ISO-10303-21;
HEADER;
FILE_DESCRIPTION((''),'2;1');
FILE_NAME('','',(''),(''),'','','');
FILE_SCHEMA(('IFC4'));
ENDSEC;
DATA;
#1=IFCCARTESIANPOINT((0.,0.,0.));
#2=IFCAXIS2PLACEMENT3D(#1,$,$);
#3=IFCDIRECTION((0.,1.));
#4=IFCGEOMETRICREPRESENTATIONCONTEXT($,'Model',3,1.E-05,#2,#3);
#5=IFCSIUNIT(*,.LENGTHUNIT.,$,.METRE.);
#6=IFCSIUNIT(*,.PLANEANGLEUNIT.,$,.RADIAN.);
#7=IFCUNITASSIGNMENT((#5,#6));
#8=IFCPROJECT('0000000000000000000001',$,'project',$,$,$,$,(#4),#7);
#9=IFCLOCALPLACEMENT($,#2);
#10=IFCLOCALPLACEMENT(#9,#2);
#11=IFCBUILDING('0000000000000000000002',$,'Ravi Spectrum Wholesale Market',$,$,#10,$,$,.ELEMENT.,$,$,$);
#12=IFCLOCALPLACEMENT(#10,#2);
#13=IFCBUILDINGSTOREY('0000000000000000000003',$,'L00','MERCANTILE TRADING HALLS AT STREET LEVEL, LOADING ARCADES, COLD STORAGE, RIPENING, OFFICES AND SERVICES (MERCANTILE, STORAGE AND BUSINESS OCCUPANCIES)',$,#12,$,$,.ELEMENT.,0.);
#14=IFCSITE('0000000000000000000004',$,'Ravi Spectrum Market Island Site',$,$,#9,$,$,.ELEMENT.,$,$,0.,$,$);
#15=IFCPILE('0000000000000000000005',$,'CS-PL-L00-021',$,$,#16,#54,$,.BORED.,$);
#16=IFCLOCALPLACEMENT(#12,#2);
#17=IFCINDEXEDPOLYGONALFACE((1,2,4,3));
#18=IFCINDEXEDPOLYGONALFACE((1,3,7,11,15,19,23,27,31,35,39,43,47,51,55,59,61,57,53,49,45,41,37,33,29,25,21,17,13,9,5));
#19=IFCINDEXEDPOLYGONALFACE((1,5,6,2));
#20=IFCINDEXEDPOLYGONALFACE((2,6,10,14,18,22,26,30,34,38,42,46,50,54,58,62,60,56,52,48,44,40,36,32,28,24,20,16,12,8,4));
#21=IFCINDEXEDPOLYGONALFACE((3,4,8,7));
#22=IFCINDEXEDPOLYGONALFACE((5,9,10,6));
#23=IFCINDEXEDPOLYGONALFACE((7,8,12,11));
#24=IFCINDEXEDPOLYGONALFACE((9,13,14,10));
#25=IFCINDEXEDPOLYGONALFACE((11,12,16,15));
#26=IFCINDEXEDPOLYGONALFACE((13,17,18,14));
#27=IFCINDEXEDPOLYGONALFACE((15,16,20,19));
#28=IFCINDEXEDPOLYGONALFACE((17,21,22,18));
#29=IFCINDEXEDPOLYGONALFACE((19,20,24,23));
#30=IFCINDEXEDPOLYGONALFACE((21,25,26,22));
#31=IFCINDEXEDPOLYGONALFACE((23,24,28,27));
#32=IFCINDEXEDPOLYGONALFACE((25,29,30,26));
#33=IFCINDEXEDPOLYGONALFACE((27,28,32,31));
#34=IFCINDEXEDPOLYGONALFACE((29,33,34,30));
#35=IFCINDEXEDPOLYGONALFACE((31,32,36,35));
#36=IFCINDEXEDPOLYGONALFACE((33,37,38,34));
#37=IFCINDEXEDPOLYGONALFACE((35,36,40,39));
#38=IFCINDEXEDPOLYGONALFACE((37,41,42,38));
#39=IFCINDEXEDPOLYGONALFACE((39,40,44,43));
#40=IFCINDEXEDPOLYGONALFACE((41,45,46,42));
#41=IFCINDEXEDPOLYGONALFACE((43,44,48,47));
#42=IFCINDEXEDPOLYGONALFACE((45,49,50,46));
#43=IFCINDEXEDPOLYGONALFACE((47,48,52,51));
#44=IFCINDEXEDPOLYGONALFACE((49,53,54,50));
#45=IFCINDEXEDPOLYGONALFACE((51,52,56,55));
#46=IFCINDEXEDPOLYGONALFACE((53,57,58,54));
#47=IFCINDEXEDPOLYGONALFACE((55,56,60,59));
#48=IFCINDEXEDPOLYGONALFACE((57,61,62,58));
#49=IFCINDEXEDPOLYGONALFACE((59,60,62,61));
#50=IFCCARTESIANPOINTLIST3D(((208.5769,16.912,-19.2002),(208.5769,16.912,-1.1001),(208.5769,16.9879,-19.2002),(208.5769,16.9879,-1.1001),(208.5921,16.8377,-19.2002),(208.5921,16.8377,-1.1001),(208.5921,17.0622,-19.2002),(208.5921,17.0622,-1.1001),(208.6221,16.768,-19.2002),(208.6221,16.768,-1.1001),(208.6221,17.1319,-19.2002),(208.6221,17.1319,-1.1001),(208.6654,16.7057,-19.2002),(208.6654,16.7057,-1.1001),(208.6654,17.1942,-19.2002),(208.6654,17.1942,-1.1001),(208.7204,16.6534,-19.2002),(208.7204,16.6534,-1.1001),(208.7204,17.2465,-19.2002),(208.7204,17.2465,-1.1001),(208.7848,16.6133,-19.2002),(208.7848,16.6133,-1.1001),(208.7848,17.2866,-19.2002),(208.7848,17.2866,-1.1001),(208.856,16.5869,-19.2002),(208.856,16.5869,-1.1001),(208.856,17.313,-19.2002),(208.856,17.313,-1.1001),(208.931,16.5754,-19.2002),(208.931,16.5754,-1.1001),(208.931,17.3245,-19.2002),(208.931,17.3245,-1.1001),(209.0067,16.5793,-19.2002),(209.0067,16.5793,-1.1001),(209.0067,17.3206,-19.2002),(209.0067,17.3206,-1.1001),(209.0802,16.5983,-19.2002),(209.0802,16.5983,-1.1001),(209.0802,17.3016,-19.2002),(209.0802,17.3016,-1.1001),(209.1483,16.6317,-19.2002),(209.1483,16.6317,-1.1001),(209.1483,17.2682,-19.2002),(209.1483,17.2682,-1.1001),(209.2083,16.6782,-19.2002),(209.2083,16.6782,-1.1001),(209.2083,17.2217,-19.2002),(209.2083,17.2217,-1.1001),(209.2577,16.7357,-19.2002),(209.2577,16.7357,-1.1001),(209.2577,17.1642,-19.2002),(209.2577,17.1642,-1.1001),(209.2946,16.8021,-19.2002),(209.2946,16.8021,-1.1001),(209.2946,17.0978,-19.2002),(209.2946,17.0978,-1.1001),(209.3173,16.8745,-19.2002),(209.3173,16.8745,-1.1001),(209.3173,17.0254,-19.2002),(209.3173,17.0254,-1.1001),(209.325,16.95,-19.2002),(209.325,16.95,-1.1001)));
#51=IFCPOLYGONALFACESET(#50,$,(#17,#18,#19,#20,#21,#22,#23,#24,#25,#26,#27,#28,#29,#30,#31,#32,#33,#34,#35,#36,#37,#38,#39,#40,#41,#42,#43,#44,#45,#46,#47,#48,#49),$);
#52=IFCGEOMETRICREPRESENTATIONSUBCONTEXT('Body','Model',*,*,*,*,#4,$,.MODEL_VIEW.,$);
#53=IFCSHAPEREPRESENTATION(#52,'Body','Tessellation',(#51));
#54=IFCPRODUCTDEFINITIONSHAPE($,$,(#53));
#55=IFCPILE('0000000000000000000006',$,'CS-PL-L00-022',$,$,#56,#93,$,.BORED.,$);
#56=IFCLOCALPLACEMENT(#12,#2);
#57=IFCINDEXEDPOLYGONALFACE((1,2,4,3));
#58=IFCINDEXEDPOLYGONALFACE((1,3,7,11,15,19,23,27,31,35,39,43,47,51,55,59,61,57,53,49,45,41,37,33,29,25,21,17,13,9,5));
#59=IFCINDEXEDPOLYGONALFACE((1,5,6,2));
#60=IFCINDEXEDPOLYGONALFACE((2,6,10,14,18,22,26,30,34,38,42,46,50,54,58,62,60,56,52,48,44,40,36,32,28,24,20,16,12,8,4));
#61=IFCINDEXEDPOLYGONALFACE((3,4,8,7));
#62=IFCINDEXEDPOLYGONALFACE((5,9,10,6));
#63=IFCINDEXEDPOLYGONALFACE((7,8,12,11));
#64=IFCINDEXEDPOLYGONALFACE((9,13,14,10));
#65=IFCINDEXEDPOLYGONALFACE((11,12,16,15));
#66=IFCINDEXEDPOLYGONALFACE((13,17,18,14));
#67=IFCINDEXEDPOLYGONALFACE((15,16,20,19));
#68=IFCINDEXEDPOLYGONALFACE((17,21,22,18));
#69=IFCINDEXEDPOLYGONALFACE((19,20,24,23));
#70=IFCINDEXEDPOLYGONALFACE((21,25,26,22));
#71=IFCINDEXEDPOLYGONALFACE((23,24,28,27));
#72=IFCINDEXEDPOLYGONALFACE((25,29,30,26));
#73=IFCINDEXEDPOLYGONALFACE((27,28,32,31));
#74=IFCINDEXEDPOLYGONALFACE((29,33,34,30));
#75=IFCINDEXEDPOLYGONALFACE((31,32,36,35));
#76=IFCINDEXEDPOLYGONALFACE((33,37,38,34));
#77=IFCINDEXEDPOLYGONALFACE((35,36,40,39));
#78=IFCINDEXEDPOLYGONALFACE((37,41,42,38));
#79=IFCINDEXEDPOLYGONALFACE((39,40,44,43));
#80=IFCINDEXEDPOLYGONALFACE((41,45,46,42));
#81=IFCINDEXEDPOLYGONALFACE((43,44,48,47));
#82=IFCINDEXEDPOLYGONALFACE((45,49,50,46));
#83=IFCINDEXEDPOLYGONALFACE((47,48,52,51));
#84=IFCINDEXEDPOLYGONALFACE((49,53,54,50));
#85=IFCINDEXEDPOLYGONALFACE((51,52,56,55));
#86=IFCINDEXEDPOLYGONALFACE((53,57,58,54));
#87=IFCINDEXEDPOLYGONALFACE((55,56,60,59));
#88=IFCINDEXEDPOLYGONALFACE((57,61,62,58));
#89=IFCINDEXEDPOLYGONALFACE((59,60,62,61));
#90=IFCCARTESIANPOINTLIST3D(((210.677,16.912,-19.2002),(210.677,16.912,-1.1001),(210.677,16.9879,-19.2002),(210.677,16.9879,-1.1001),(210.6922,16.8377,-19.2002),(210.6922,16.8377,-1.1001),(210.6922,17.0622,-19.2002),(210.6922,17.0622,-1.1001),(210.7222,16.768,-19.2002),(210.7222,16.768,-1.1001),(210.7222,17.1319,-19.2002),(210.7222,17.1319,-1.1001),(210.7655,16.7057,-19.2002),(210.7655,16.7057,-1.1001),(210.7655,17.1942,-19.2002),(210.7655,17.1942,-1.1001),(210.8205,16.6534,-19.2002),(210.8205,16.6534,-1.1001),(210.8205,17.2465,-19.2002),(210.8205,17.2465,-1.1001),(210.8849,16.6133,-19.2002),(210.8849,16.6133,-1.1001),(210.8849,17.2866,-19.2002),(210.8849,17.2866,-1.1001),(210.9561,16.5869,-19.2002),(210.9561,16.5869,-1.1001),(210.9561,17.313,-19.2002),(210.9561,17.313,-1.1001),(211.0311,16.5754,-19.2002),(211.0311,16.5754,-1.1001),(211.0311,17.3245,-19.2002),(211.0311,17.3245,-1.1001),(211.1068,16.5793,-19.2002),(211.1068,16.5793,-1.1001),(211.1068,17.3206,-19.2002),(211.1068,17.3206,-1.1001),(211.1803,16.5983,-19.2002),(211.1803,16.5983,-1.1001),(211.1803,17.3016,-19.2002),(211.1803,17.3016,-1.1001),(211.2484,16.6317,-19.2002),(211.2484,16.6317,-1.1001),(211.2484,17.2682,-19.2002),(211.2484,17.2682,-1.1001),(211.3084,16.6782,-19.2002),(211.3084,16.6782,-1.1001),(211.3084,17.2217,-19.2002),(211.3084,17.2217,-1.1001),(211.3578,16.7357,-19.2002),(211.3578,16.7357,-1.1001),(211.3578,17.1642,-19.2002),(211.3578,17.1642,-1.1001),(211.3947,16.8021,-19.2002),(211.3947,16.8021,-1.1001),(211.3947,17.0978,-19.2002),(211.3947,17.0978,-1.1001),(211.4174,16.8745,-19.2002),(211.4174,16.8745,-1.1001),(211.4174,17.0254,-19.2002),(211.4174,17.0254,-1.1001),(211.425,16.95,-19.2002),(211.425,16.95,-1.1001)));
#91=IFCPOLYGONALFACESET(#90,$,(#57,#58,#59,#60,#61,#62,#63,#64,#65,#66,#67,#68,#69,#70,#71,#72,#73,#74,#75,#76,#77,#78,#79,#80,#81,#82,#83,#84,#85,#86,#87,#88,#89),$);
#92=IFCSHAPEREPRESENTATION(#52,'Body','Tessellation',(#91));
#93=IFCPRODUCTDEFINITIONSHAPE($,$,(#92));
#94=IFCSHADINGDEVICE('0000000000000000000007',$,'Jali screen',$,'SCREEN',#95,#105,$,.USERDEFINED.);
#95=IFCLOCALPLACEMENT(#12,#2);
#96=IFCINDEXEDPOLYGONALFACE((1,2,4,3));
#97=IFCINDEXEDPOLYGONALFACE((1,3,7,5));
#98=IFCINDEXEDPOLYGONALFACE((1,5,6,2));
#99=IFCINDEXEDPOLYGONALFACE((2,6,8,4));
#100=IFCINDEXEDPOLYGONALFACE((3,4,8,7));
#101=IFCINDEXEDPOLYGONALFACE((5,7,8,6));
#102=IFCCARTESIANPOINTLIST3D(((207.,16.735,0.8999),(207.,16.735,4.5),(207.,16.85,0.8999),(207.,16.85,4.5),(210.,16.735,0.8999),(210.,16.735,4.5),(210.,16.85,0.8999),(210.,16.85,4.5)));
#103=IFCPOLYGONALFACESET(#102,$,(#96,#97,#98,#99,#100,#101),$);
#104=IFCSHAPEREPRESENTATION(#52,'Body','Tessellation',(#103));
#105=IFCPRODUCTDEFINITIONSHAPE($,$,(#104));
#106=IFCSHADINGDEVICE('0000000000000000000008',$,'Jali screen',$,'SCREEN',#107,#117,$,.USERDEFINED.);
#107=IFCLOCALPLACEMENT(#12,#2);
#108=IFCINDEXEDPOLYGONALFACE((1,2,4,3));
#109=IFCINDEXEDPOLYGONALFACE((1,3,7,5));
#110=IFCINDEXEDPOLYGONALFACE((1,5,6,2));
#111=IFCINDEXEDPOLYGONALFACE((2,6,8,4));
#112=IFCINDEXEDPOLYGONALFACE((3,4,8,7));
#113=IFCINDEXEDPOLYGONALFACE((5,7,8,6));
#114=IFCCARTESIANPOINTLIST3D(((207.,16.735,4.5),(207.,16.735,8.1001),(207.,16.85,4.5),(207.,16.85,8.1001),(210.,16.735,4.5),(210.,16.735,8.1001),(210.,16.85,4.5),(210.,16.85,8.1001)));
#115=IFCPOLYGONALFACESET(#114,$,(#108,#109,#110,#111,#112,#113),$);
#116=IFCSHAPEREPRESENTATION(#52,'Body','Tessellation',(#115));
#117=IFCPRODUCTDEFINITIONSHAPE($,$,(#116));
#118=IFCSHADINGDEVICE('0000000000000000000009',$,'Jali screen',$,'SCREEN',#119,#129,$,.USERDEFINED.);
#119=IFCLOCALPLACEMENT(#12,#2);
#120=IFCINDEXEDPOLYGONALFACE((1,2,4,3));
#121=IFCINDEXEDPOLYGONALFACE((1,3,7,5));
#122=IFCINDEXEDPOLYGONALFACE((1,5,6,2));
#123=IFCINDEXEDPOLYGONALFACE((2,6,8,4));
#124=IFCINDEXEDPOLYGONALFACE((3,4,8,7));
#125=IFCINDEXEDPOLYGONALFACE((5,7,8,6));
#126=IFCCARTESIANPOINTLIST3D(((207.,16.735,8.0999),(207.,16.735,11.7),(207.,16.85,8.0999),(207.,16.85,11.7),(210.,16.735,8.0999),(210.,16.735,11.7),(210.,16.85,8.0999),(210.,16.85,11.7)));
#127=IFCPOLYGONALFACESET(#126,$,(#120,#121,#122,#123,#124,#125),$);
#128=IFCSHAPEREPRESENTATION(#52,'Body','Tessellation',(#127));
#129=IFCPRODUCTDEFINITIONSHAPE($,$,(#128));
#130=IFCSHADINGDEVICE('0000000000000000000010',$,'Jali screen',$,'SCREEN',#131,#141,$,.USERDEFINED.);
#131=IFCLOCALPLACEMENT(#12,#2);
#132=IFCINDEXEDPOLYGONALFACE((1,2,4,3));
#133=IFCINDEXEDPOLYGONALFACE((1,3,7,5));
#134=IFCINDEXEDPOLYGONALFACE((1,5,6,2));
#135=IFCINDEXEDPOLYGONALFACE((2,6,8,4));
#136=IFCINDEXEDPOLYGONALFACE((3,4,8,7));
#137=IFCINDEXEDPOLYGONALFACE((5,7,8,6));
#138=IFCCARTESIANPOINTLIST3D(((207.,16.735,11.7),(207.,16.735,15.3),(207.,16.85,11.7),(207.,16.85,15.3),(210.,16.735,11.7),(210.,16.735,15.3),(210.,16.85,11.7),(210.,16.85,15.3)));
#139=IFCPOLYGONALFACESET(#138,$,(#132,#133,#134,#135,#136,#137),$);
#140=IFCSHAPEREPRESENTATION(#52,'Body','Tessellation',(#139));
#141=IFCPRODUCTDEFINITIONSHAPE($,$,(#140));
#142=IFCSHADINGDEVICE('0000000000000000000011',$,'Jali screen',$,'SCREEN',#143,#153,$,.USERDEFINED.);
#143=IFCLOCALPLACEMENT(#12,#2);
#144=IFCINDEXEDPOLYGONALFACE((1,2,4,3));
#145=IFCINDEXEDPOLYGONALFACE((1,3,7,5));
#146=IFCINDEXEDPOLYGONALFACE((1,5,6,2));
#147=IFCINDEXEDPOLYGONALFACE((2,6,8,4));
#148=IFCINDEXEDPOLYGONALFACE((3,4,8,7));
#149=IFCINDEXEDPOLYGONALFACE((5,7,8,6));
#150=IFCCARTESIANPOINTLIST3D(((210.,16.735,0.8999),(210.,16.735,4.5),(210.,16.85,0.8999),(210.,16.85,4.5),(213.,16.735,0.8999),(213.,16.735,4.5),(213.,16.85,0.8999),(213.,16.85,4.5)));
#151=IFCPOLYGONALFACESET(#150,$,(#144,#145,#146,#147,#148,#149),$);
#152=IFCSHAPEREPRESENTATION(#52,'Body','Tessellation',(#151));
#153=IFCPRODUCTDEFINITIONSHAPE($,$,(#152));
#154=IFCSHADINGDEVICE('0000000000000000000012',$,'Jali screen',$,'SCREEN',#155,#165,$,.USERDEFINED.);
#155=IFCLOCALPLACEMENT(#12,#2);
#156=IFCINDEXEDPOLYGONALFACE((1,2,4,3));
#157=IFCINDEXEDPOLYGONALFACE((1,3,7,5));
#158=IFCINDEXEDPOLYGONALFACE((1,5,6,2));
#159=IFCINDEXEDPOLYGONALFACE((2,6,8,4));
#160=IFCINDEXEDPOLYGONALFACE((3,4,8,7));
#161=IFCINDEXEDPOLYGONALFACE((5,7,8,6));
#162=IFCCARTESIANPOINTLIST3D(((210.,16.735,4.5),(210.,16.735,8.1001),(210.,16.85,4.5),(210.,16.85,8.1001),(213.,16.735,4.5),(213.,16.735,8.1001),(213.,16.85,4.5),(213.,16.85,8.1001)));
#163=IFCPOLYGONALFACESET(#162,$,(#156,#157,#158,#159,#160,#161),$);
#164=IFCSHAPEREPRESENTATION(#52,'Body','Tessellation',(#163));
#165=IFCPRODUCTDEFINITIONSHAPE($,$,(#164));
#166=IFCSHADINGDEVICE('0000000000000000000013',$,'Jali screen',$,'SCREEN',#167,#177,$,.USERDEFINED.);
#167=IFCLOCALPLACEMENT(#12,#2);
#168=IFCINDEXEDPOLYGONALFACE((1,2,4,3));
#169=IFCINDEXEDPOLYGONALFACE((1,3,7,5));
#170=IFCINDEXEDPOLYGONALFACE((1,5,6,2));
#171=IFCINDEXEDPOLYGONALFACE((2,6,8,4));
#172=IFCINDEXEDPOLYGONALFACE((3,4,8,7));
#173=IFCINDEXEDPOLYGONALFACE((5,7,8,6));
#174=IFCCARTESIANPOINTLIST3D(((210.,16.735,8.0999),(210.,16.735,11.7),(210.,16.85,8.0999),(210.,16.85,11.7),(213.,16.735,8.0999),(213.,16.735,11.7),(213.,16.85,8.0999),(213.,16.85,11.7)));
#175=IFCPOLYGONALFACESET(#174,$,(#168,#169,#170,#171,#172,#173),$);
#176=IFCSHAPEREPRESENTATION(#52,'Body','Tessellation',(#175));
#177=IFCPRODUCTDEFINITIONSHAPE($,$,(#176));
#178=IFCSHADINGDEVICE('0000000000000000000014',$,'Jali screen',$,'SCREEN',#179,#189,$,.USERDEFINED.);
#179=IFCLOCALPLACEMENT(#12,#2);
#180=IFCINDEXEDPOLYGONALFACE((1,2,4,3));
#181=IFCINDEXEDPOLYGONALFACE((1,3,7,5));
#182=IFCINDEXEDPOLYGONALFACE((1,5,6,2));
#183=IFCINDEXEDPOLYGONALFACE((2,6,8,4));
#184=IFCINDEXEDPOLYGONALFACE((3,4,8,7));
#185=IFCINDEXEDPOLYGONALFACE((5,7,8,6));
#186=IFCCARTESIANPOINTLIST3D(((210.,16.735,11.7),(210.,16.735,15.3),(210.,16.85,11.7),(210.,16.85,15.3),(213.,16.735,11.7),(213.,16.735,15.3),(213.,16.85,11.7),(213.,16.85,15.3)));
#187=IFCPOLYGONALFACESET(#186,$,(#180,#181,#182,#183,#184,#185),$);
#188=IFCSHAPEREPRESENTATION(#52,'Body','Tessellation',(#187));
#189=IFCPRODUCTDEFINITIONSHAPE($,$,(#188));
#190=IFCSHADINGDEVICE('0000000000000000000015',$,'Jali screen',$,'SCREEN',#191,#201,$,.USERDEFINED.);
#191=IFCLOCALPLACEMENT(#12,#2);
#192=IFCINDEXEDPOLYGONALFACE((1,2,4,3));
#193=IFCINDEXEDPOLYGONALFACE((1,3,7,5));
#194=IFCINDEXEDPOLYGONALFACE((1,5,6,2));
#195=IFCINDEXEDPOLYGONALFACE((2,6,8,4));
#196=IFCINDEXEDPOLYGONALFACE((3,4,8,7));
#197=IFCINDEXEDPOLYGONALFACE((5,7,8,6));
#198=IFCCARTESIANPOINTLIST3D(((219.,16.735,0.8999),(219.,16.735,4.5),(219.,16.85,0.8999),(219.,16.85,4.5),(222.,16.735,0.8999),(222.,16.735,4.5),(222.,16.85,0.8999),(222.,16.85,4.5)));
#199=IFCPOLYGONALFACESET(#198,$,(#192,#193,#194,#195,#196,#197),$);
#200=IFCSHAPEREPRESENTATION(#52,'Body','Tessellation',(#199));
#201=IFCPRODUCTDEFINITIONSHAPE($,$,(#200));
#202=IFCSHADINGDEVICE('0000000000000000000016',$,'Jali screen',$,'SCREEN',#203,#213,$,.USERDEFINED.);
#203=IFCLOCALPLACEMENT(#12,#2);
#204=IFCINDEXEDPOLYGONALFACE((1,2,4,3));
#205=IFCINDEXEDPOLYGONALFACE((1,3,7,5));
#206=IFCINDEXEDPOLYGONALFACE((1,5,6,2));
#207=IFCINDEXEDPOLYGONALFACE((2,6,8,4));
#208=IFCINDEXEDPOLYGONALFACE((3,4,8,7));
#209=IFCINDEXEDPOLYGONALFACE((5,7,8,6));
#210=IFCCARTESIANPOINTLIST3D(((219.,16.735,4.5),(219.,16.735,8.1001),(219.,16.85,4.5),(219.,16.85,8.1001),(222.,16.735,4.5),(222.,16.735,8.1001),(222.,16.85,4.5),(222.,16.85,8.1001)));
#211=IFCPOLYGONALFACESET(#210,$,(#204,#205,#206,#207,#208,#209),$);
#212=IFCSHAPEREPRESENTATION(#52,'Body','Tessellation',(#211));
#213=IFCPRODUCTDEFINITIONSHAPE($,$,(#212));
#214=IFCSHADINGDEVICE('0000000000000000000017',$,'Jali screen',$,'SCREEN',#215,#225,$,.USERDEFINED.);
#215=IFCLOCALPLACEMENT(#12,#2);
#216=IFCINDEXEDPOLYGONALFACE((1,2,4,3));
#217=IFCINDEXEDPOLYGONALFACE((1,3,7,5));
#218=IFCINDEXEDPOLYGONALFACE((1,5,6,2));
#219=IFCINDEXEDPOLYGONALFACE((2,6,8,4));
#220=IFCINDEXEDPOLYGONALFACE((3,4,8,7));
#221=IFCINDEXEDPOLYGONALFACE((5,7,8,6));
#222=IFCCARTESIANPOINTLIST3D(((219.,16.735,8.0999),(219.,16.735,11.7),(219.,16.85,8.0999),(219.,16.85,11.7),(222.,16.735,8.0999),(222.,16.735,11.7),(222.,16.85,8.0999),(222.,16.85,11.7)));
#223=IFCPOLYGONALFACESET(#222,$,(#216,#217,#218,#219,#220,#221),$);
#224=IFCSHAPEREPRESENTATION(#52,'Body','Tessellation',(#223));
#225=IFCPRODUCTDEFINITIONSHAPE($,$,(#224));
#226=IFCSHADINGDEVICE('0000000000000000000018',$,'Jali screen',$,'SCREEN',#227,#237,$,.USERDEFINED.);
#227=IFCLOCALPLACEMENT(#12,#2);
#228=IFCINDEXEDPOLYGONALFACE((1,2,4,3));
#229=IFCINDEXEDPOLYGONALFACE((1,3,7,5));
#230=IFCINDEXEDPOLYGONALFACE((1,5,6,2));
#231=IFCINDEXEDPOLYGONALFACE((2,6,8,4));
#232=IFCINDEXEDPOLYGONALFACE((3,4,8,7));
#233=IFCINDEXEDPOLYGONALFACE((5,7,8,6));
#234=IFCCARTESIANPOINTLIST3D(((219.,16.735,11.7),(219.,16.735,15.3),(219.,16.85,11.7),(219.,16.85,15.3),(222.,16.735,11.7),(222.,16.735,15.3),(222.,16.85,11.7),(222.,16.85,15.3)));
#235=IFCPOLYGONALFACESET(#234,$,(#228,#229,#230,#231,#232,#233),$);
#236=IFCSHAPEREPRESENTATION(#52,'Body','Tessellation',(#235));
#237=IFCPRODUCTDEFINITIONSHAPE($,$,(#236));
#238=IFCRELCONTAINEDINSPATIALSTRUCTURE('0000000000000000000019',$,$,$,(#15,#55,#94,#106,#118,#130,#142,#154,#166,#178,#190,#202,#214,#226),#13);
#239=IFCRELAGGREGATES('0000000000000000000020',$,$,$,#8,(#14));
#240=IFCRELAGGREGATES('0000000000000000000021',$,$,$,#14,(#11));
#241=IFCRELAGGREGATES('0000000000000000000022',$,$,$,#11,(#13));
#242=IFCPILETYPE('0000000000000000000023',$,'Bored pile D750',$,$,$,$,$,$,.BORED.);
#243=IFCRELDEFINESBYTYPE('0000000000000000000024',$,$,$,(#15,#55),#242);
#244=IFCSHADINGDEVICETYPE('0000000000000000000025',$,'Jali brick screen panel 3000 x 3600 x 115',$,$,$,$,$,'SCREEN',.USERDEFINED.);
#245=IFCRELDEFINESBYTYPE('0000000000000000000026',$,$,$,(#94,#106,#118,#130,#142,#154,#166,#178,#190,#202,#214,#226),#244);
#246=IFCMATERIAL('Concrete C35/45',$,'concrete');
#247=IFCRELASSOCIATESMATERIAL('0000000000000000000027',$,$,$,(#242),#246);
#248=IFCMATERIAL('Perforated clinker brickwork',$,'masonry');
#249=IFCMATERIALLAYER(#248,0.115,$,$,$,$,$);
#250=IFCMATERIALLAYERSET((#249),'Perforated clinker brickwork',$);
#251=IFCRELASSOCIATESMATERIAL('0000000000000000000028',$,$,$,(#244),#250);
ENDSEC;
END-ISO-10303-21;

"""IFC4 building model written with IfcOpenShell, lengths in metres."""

from ifc_helpers import new_model, si_unit, direction, frame, origin, origin_2d, place, context, subcontext, project, spatial, rectangle, circle, extrude, material, layer, layer_set, material_profile, profile_set, type_object, element, save


model = new_model("IFC4")

# Units and contexts
model_context = context("Model", 3, precision=1e-05, world=origin(), true_north=direction((0.0, 1.0)))
body_context = subcontext(model_context, "Body", "Model", "MODEL_VIEW")
ifc_project = project(units=[si_unit("LENGTHUNIT", "METRE"), si_unit("PLANEANGLEUNIT", "RADIAN")], contexts=[model_context])

# Site, building, storey
site_placement = place(None, origin())
site = spatial("IfcSite", under=ifc_project, at=site_placement, Name="Ravi Spectrum Market Island Site", CompositionType="ELEMENT", RefElevation=0.0)
building_placement = place(site_placement, origin())
building = spatial("IfcBuilding", under=site, at=building_placement, Name="Ravi Spectrum Wholesale Market", CompositionType="ELEMENT")
storey_placement = place(building_placement, origin())
storey = spatial("IfcBuildingStorey", under=building, at=storey_placement, Name="L00", Description="MERCANTILE TRADING HALLS AT STREET LEVEL, LOADING ARCADES, COLD STORAGE, RIPENING, OFFICES AND SERVICES (MERCANTILE, STORAGE AND BUSINESS OCCUPANCIES)", CompositionType="ELEMENT", Elevation=0.0)

# Piles
ifc_material_1 = material(Name="Concrete C35/45", Category="concrete")
ifc_material_profile = material_profile(ifc_material_1, circle(Radius=0.375, at=origin_2d()))
ifc_profile_set = profile_set([ifc_material_profile], Name="Concrete C35/45")
pile_type = type_object("IfcPileType", Name="Bored pile D750", PredefinedType="BORED", material=ifc_profile_set)
for number, where, z_axis, x_axis, name in (
    (1, (208.95, 16.95, -1.1001), (0.0, 0.0, -1.0), (1.0, 0.0, 0.0), "CS-PL-L00-021"),
    (2, (211.05, 16.95, -1.1001), (0.0, 0.0, -1.0), (1.0, 0.0, 0.0), "CS-PL-L00-022"),
):
    element("IfcPile", number, at=place(storey_placement, frame(where, z_axis=z_axis, x_axis=x_axis)), inside=storey, type_object=pile_type, Name=name, PredefinedType="BORED", context=body_context, shape_type="SweptSolid", body=[
        extrude(circle(Radius=0.375, at=origin_2d()), origin(), (0.0, 0.0, 1.0), 18.1001),
    ])

# Shading devices
ifc_material_2 = material(Name="Perforated clinker brickwork", Category="masonry")
ifc_layer = layer(ifc_material_2, 0.115)
ifc_layer_set = layer_set([ifc_layer], Name="Perforated clinker brickwork")
shading_device_type = type_object("IfcShadingDeviceType", Name="Jali brick screen panel 3000 x 3600 x 115", ElementType="SCREEN", PredefinedType="USERDEFINED", material=ifc_layer_set)
for number, where, z_axis, x_axis, name in (
    (3, (208.5, 16.7925, 0.8999), (0.0, 0.0, 1.0), (1.0, 0.0, 0.0), "Jali screen"),
    (4, (208.5, 16.7925, 4.5), (0.0, 0.0, 1.0), (1.0, 0.0, 0.0), "Jali screen"),
    (5, (208.5, 16.7925, 8.0999), (0.0, 0.0, 1.0), (1.0, 0.0, 0.0), "Jali screen"),
    (6, (208.5, 16.7925, 11.7), (0.0, 0.0, 1.0), (1.0, 0.0, 0.0), "Jali screen"),
    (7, (211.5, 16.7925, 0.8999), (0.0, 0.0, 1.0), (1.0, 0.0, 0.0), "Jali screen"),
    (8, (211.5, 16.7925, 4.5), (0.0, 0.0, 1.0), (1.0, 0.0, 0.0), "Jali screen"),
    (9, (211.5, 16.7925, 8.0999), (0.0, 0.0, 1.0), (1.0, 0.0, 0.0), "Jali screen"),
    (10, (211.5, 16.7925, 11.7), (0.0, 0.0, 1.0), (1.0, 0.0, 0.0), "Jali screen"),
    (11, (220.5, 16.7925, 0.8999), (0.0, 0.0, 1.0), (1.0, 0.0, 0.0), "Jali screen"),
    (12, (220.5, 16.7925, 4.5), (0.0, 0.0, 1.0), (1.0, 0.0, 0.0), "Jali screen"),
    (13, (220.5, 16.7925, 8.0999), (0.0, 0.0, 1.0), (1.0, 0.0, 0.0), "Jali screen"),
    (14, (220.5, 16.7925, 11.7), (0.0, 0.0, 1.0), (1.0, 0.0, 0.0), "Jali screen"),
):
    element("IfcShadingDevice", number, at=place(storey_placement, frame(where, z_axis=z_axis, x_axis=x_axis)), inside=storey, type_object=shading_device_type, Name=name, ObjectType="SCREEN", PredefinedType="USERDEFINED", context=body_context, shape_type="SweptSolid", body=[
        extrude(rectangle(XDim=3.0, YDim=0.115, at=origin_2d()), origin(), (0.0, 0.0, 1.0), 3.6001),
    ])

save(model, "model.ifc")
